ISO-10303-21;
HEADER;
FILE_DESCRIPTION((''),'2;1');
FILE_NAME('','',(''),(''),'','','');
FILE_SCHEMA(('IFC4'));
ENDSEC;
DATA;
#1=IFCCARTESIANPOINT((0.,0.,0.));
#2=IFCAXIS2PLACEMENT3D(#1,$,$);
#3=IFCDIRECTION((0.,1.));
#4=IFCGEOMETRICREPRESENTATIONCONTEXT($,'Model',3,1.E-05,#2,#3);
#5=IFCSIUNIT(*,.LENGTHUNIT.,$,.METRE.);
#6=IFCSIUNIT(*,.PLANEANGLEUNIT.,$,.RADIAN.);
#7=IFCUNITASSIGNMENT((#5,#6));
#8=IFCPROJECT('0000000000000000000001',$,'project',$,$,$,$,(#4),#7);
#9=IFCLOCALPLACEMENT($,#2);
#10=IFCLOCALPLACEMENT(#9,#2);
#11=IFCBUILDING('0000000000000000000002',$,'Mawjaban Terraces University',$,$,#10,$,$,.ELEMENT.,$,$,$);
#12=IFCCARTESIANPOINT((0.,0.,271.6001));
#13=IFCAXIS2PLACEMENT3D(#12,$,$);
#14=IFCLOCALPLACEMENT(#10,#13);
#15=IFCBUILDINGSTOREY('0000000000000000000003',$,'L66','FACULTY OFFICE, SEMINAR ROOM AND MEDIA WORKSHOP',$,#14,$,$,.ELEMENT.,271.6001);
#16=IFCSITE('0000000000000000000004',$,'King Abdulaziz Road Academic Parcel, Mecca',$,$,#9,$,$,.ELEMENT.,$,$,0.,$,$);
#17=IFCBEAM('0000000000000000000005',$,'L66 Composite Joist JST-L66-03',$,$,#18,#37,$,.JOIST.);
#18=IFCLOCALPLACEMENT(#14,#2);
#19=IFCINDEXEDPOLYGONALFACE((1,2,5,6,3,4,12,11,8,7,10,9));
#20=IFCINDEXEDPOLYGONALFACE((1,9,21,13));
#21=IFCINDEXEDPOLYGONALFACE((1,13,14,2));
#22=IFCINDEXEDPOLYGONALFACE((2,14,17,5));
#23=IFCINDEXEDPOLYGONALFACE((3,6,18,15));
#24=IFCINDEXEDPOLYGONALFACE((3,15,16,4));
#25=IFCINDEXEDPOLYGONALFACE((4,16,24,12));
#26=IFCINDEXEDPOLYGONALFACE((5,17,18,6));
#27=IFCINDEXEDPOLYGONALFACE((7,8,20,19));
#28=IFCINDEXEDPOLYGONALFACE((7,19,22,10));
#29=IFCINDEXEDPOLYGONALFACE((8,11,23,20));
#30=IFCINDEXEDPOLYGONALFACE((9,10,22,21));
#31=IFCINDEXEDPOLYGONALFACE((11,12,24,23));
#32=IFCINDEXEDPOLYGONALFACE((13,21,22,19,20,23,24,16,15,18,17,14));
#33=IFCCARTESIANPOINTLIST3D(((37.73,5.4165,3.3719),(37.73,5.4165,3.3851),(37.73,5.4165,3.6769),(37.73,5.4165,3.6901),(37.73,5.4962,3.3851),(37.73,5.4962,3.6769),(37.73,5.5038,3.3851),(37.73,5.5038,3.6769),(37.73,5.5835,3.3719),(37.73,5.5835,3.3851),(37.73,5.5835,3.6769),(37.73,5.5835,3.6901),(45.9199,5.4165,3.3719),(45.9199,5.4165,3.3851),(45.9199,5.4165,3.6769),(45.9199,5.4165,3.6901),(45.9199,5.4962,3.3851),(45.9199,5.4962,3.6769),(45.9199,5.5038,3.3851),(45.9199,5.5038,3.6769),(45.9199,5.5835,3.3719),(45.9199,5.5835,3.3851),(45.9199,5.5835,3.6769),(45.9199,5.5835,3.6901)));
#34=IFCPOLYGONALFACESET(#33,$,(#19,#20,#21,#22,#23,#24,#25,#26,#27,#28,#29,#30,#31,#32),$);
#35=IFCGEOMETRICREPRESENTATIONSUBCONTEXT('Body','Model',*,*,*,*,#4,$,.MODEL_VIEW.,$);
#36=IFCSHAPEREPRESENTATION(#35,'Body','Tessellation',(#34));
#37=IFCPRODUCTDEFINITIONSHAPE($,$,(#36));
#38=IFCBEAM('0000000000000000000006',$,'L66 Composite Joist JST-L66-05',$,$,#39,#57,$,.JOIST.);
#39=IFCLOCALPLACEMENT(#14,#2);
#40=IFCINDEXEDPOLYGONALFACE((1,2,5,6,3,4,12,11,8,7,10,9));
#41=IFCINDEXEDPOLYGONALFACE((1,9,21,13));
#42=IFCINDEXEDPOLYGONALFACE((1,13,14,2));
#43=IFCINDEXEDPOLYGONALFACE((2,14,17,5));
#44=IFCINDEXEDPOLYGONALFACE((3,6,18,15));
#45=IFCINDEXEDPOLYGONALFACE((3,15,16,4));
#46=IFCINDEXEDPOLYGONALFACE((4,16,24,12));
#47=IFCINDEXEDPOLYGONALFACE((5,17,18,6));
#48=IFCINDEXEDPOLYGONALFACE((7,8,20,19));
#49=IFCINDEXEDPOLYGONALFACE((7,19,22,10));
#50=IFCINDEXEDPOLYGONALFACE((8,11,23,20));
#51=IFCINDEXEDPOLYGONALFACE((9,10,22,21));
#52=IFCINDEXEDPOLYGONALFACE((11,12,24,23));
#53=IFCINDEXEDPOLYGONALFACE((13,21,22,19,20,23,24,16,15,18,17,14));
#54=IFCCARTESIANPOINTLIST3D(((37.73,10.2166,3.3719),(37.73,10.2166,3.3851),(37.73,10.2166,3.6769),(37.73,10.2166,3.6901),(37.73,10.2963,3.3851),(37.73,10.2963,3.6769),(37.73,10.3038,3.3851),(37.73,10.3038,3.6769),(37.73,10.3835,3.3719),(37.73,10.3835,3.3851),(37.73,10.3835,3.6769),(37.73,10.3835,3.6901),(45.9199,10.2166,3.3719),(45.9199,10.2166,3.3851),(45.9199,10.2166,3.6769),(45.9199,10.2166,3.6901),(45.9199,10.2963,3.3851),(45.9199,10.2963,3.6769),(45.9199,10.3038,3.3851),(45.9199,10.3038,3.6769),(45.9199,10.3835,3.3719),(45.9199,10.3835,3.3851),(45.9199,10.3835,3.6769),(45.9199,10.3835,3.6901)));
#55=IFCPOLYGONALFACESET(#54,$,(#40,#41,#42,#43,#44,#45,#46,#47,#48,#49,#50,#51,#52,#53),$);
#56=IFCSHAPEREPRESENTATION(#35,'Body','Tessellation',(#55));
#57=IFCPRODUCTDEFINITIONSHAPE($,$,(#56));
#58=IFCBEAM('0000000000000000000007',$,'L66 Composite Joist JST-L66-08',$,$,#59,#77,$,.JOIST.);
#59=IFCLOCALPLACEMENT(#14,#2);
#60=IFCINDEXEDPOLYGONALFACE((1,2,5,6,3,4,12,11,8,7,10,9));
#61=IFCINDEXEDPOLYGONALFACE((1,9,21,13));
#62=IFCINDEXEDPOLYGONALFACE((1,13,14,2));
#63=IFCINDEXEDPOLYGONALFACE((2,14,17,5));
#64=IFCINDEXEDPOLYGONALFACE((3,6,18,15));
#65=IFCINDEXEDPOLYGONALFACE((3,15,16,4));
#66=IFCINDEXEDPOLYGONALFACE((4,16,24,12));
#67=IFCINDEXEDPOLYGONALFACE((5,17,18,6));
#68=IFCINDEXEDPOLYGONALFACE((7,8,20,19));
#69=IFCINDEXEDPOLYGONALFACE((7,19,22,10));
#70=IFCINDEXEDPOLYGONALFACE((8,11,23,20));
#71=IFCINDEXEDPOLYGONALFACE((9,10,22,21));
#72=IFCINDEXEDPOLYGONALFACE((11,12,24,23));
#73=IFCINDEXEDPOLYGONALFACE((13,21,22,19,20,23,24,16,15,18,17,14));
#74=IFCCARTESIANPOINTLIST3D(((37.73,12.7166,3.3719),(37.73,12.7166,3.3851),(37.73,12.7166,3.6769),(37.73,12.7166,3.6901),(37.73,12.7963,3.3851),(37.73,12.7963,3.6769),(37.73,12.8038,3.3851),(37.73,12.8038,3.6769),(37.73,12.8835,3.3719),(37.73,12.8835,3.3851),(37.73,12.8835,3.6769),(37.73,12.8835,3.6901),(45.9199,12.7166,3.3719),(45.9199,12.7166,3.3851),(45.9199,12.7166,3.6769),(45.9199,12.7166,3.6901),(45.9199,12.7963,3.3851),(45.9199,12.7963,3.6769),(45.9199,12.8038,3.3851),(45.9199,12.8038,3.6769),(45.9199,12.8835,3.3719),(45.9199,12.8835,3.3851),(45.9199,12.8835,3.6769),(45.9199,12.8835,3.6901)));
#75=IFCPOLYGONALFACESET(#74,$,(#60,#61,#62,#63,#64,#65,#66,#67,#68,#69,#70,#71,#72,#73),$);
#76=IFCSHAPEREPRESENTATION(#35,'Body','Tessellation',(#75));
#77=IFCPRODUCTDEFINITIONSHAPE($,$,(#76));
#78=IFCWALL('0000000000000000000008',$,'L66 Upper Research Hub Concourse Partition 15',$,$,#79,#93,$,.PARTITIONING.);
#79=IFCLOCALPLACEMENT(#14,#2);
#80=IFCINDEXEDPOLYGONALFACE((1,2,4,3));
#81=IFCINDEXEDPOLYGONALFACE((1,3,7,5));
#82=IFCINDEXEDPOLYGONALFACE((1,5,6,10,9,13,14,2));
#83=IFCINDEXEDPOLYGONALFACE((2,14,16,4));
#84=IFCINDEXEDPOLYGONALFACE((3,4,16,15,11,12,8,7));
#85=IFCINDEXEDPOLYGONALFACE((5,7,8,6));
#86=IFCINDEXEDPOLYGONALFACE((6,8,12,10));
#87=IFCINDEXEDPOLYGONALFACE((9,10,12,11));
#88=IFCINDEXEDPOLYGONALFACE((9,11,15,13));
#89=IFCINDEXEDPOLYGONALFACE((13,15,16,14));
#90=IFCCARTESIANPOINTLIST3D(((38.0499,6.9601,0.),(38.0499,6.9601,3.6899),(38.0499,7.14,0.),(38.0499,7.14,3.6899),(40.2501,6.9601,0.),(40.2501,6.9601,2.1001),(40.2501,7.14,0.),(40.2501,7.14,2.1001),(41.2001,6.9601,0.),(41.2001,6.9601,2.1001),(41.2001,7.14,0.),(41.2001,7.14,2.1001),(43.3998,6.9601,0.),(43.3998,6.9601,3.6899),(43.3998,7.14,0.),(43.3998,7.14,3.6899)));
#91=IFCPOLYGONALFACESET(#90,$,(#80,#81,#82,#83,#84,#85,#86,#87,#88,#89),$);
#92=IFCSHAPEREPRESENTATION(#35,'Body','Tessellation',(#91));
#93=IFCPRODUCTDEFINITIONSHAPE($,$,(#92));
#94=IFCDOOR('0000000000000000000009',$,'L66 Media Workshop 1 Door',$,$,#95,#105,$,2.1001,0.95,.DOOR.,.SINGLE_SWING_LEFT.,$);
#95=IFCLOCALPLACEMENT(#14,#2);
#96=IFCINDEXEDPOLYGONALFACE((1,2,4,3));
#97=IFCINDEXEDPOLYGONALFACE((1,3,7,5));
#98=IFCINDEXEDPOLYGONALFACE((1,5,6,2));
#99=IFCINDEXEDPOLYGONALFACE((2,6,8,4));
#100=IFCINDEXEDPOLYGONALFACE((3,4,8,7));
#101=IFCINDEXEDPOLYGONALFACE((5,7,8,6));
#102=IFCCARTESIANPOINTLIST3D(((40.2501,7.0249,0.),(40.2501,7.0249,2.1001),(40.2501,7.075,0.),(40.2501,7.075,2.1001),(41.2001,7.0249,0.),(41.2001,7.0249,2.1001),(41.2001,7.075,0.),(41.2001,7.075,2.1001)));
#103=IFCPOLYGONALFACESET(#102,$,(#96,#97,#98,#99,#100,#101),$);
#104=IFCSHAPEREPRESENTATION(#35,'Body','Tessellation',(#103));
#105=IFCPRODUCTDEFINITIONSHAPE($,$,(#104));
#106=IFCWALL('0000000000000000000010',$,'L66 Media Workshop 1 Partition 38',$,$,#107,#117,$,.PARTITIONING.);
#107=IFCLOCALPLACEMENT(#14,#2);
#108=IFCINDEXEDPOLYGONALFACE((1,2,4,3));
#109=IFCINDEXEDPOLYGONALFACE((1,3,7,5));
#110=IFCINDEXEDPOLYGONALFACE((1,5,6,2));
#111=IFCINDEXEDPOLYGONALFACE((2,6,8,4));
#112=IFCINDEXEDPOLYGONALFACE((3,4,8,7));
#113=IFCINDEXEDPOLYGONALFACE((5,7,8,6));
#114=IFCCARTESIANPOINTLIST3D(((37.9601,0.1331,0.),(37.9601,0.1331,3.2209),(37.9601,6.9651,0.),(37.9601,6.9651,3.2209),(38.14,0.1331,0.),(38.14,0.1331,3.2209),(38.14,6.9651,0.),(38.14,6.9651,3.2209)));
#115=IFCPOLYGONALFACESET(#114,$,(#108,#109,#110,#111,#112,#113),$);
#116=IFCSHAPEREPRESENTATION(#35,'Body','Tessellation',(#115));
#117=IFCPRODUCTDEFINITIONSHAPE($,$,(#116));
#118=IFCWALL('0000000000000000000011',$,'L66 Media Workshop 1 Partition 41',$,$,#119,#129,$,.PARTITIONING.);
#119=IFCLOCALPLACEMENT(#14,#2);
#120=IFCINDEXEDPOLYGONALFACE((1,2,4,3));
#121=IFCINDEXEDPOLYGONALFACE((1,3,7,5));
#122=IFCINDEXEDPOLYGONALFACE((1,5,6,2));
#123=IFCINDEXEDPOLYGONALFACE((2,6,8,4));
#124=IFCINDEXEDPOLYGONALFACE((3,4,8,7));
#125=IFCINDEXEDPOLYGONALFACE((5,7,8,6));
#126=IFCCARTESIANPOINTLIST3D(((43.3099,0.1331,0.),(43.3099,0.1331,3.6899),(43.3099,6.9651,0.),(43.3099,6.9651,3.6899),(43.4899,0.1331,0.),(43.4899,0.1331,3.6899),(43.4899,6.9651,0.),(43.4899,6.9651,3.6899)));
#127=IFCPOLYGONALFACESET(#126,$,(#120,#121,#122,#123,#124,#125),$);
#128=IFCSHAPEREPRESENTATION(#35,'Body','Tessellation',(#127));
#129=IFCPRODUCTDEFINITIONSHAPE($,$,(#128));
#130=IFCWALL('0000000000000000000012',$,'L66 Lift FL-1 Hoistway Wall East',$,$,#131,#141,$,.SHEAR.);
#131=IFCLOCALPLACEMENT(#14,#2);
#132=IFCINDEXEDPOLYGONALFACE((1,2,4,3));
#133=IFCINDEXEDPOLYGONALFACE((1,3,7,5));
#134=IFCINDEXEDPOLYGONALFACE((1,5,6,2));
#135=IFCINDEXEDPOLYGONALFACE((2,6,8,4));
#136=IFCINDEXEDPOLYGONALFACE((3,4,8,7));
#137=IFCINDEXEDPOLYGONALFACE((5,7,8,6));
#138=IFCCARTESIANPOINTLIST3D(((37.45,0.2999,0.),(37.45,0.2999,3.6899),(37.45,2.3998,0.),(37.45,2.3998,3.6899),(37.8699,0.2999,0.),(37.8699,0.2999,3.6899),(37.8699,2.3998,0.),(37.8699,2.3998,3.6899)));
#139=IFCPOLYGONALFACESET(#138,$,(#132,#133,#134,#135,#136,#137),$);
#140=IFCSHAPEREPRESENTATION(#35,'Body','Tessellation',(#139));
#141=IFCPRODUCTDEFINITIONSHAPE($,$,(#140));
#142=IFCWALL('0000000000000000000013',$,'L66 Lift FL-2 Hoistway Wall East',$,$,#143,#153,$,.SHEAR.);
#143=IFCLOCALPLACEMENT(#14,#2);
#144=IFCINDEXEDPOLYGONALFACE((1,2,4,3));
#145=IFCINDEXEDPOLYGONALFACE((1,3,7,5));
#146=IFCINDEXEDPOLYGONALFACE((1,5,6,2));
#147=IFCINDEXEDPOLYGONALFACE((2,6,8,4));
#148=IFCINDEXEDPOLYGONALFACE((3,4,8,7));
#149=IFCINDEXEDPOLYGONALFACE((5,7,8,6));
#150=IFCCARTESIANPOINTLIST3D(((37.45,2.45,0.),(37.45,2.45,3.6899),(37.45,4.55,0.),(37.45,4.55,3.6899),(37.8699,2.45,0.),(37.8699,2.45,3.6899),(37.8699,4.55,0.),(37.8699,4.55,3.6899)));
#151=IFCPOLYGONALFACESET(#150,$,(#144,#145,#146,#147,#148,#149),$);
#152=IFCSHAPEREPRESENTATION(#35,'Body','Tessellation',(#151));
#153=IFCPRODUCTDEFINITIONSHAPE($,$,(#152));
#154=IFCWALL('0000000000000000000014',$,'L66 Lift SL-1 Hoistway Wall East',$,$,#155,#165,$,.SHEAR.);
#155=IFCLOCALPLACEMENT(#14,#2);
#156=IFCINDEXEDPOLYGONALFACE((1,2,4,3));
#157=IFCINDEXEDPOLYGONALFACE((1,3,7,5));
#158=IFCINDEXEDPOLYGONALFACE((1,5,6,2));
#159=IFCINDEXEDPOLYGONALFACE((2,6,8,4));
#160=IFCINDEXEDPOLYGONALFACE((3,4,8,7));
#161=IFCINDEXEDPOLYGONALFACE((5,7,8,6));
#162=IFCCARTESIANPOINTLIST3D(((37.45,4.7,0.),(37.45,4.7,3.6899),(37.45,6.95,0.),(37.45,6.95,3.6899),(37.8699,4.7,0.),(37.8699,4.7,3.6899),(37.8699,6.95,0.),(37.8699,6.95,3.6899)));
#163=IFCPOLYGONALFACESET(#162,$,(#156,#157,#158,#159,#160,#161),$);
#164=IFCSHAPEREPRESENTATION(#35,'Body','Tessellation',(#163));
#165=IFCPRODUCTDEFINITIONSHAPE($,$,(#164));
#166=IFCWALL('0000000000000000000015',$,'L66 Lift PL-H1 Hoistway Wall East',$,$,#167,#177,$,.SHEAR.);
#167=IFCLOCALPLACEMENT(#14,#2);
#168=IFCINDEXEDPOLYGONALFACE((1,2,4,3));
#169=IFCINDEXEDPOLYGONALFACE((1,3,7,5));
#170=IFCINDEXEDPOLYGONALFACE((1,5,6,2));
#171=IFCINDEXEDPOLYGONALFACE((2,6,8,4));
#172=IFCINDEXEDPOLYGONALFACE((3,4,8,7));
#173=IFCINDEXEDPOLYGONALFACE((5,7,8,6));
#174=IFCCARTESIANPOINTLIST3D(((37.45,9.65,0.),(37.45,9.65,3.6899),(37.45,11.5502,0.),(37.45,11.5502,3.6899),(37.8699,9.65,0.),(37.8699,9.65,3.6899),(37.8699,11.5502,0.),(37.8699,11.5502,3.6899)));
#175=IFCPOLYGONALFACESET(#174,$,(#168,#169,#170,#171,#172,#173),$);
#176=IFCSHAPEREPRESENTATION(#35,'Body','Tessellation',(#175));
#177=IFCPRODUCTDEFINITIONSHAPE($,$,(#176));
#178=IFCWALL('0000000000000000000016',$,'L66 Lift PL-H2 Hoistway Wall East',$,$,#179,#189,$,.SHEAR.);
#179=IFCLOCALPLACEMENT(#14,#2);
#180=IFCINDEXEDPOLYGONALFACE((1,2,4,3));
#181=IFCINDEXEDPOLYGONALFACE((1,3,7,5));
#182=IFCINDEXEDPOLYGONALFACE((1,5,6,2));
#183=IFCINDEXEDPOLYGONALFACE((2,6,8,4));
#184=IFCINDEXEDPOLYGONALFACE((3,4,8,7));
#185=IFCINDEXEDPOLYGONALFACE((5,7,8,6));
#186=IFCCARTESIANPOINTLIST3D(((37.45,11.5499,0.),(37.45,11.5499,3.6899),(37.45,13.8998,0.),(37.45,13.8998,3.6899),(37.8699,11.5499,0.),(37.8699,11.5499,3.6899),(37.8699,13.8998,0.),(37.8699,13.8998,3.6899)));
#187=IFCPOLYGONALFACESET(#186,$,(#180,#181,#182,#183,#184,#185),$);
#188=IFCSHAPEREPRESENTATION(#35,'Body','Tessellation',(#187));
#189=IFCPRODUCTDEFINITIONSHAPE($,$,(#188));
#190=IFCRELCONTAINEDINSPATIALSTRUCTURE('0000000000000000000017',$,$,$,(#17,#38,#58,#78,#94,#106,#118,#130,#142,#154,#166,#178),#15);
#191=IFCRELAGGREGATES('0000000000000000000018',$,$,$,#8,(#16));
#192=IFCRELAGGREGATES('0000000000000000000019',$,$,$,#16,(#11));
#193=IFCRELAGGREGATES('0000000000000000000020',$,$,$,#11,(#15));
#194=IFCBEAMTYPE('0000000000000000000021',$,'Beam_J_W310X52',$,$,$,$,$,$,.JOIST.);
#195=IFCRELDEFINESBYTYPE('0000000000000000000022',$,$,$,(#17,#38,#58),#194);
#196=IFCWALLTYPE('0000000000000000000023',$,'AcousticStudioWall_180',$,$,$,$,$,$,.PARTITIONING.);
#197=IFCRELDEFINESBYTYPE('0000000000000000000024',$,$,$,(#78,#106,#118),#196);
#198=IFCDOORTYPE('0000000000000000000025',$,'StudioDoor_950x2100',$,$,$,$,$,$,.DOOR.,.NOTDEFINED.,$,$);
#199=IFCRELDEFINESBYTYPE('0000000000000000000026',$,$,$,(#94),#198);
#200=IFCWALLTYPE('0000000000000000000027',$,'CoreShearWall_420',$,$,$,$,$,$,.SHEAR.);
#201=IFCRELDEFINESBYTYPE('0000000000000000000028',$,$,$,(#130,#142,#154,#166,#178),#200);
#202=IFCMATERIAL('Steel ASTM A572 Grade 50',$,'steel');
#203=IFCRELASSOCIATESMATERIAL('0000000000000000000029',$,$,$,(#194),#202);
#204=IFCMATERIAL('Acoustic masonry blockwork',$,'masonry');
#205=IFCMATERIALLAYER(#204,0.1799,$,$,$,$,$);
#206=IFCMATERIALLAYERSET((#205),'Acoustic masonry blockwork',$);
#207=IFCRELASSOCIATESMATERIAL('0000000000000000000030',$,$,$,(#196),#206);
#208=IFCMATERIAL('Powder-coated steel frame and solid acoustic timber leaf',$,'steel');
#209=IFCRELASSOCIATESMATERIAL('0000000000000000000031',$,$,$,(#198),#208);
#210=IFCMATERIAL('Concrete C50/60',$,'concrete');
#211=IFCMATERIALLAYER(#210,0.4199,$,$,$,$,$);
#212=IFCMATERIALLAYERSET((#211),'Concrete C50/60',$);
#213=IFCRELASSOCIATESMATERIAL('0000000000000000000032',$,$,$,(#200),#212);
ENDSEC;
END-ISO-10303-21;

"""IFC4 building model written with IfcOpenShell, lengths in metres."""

from ifc_helpers import new_model, si_unit, direction, frame, frame_2d, origin, origin_2d, place, context, subcontext, project, spatial, rectangle, i_section, extrude, material, layer, layer_set, material_profile, profile_set, type_object, element, fill, save


model = new_model("IFC4")

# Units and contexts
model_context = context("Model", 3, precision=1e-05, world=origin(), true_north=direction((0.0, 1.0)))
body_context = subcontext(model_context, "Body", "Model", "MODEL_VIEW")
ifc_project = project(units=[si_unit("LENGTHUNIT", "METRE"), si_unit("PLANEANGLEUNIT", "RADIAN")], contexts=[model_context])

# Site, building, storey
site_placement = place(None, origin())
site = spatial("IfcSite", under=ifc_project, at=site_placement, Name="King Abdulaziz Road Academic Parcel, Mecca", CompositionType="ELEMENT", RefElevation=0.0)
building_placement = place(site_placement, origin())
building = spatial("IfcBuilding", under=site, at=building_placement, Name="Mawjaban Terraces University", CompositionType="ELEMENT")
storey_placement = place(building_placement, frame((0.0, 0.0, 271.6001)))
storey = spatial("IfcBuildingStorey", under=building, at=storey_placement, Name="L66", Description="FACULTY OFFICE, SEMINAR ROOM AND MEDIA WORKSHOP", CompositionType="ELEMENT", Elevation=271.6001)

# Shared definitions
ifc_material_1 = material(Name="Concrete C50/60", Category="concrete")

# Beams
ifc_material_2 = material(Name="Steel ASTM A572 Grade 50", Category="steel")
ifc_material_profile_1 = material_profile(ifc_material_2, i_section(OverallWidth=0.167, OverallDepth=0.3181, WebThickness=0.0076, FlangeThickness=0.0132, at=origin_2d()), Name="W310X52")
ifc_profile_set_1 = profile_set([ifc_material_profile_1], Name="Steel ASTM A572 Grade 50")
beam_type_1 = type_object("IfcBeamType", Name="Beam_J_W310X52", PredefinedType="JOIST", material=ifc_profile_set_1)
for number, where, z_axis, x_axis, name in (
    (1, (37.73, 5.5, 3.531), (1.0, 0.0, 0.0), (0.0, 1.0, 0.0), "L66 Composite Joist JST-L66-03"),
    (2, (37.73, 10.3, 3.531), (1.0, 0.0, 0.0), (0.0, 1.0, 0.0), "L66 Composite Joist JST-L66-05"),
    (3, (37.73, 12.8, 3.531), (1.0, 0.0, 0.0), (0.0, 1.0, 0.0), "L66 Composite Joist JST-L66-08"),
):
    element("IfcBeam", number, at=place(storey_placement, frame(where, z_axis=z_axis, x_axis=x_axis)), inside=storey, type_object=beam_type_1, Name=name, PredefinedType="JOIST", context=body_context, shape_type="SweptSolid", body=[
        extrude(i_section(OverallWidth=0.167, OverallDepth=0.3181, WebThickness=0.0076, FlangeThickness=0.0132, at=origin_2d()), origin(), (0.0, 0.0, 1.0), 8.1899),
    ])

# Wall, opening, door
ifc_material_3 = material(Name="Acoustic masonry blockwork", Category="masonry")
ifc_layer_1 = layer(ifc_material_3, 0.1799)
ifc_layer_set_1 = layer_set([ifc_layer_1], Name="Acoustic masonry blockwork")
wall_type_1 = type_object("IfcWallType", Name="AcousticStudioWall_180", PredefinedType="PARTITIONING", material=ifc_layer_set_1)
wall_1_placement = place(storey_placement, frame((38.05, 7.05, 0.0), z_axis=(0.0, 0.0, 1.0), x_axis=(1.0, 0.0, 0.0)))
wall_1 = element("IfcWall", 4, at=wall_1_placement, inside=storey, type_object=wall_type_1, Name="L66 Upper Research Hub Concourse Partition 15", PredefinedType="PARTITIONING", context=body_context, shape_type="SweptSolid", body=[
    extrude(rectangle(XDim=5.3499, YDim=0.1799, at=frame_2d((2.6748, 0.0))), origin(), (0.0, 0.0, 1.0), 3.6899),
])
opening_1_placement = place(wall_1_placement, frame((2.2, 0.0, 0.0)))
opening_1 = element("IfcOpeningElement", 5, at=opening_1_placement, cuts=wall_1, PredefinedType="OPENING", context=body_context, shape_type="SweptSolid", body=[
    extrude(rectangle(XDim=0.95, YDim=2.1001, at=frame_2d((0.4751, 1.05))), frame((0.0, 0.0999, 0.0), z_axis=(0.0, -1.0, 0.0), x_axis=(1.0, 0.0, 0.0)), (0.0, 0.0, 1.0), 0.2),
])
ifc_material_4 = material(Name="Powder-coated steel frame and solid acoustic timber leaf", Category="steel")
door_type_1 = type_object("IfcDoorType", Name="StudioDoor_950x2100", OperationType="NOTDEFINED", PredefinedType="DOOR", material=ifc_material_4)
door_1_placement = place(opening_1_placement, origin())
door_1 = element("IfcDoor", 6, at=door_1_placement, inside=storey, type_object=door_type_1, Name="L66 Media Workshop 1 Door", OperationType="SINGLE_SWING_LEFT", OverallHeight=2.1001, OverallWidth=0.95, PredefinedType="DOOR", context=body_context, shape_type="SweptSolid", body=[
    extrude(rectangle(XDim=0.95, YDim=2.1001, at=frame_2d((0.4751, 1.05))), frame((0.0, 0.0249, 0.0), z_axis=(0.0, -1.0, 0.0), x_axis=(1.0, 0.0, 0.0)), (0.0, 0.0, 1.0), 0.05),
])
fill(opening_1, door_1)

# Walls
wall_2_placement = place(storey_placement, frame((38.05, 6.9651, 0.0), z_axis=(0.0, 0.0, 1.0), x_axis=(0.0, -1.0, 0.0)))
element("IfcWall", 7, at=wall_2_placement, inside=storey, type_object=wall_type_1, Name="L66 Media Workshop 1 Partition 38", PredefinedType="PARTITIONING", context=body_context, shape_type="SweptSolid", body=[
    extrude(rectangle(XDim=6.832, YDim=0.1799, at=frame_2d((3.416, 0.0))), origin(), (0.0, 0.0, 1.0), 3.2209),
])
wall_3_placement = place(storey_placement, frame((43.3999, 0.1331, 0.0), z_axis=(0.0, 0.0, 1.0), x_axis=(0.0, 1.0, 0.0)))
element("IfcWall", 8, at=wall_3_placement, inside=storey, type_object=wall_type_1, Name="L66 Media Workshop 1 Partition 41", PredefinedType="PARTITIONING", context=body_context, shape_type="SweptSolid", body=[
    extrude(rectangle(XDim=6.832, YDim=0.1799, at=frame_2d((3.416, 0.0))), origin(), (0.0, 0.0, 1.0), 3.6899),
])
ifc_layer_2 = layer(ifc_material_1, 0.4199)
ifc_layer_set_2 = layer_set([ifc_layer_2], Name="Concrete C50/60")
wall_type_2 = type_object("IfcWallType", Name="CoreShearWall_420", PredefinedType="SHEAR", material=ifc_layer_set_2)
wall_4_placement = place(storey_placement, frame((37.6599, 0.3, 0.0), z_axis=(0.0, 0.0, 1.0), x_axis=(0.0, 1.0, 0.0)))
element("IfcWall", 9, at=wall_4_placement, inside=storey, type_object=wall_type_2, Name="L66 Lift FL-1 Hoistway Wall East", PredefinedType="SHEAR", context=body_context, shape_type="SweptSolid", body=[
    extrude(rectangle(XDim=2.0999, YDim=0.4199, at=frame_2d((1.0498, 0.0))), origin(), (0.0, 0.0, 1.0), 3.6899),
])
wall_5_placement = place(storey_placement, frame((37.6599, 2.45, 0.0), z_axis=(0.0, 0.0, 1.0), x_axis=(0.0, 1.0, 0.0)))
element("IfcWall", 10, at=wall_5_placement, inside=storey, type_object=wall_type_2, Name="L66 Lift FL-2 Hoistway Wall East", PredefinedType="SHEAR", context=body_context, shape_type="SweptSolid", body=[
    extrude(rectangle(XDim=2.1001, YDim=0.4199, at=frame_2d((1.05, 0.0))), origin(), (0.0, 0.0, 1.0), 3.6899),
])
wall_6_placement = place(storey_placement, frame((37.6599, 4.7, 0.0), z_axis=(0.0, 0.0, 1.0), x_axis=(0.0, 1.0, 0.0)))
element("IfcWall", 11, at=wall_6_placement, inside=storey, type_object=wall_type_2, Name="L66 Lift SL-1 Hoistway Wall East", PredefinedType="SHEAR", context=body_context, shape_type="SweptSolid", body=[
    extrude(rectangle(XDim=2.25, YDim=0.4199, at=frame_2d((1.125, 0.0))), origin(), (0.0, 0.0, 1.0), 3.6899),
])
wall_7_placement = place(storey_placement, frame((37.6599, 9.6499, 0.0), z_axis=(0.0, 0.0, 1.0), x_axis=(0.0, 1.0, 0.0)))
element("IfcWall", 12, at=wall_7_placement, inside=storey, type_object=wall_type_2, Name="L66 Lift PL-H1 Hoistway Wall East", PredefinedType="SHEAR", context=body_context, shape_type="SweptSolid", body=[
    extrude(rectangle(XDim=1.9001, YDim=0.4199, at=frame_2d((0.9502, 0.0))), origin(), (0.0, 0.0, 1.0), 3.6899),
])
wall_8_placement = place(storey_placement, frame((37.6599, 11.55, 0.0), z_axis=(0.0, 0.0, 1.0), x_axis=(0.0, 1.0, 0.0)))
element("IfcWall", 13, at=wall_8_placement, inside=storey, type_object=wall_type_2, Name="L66 Lift PL-H2 Hoistway Wall East", PredefinedType="SHEAR", context=body_context, shape_type="SweptSolid", body=[
    extrude(rectangle(XDim=2.3499, YDim=0.4199, at=frame_2d((1.1748, 0.0))), origin(), (0.0, 0.0, 1.0), 3.6899),
])

save(model, "model.ifc")
